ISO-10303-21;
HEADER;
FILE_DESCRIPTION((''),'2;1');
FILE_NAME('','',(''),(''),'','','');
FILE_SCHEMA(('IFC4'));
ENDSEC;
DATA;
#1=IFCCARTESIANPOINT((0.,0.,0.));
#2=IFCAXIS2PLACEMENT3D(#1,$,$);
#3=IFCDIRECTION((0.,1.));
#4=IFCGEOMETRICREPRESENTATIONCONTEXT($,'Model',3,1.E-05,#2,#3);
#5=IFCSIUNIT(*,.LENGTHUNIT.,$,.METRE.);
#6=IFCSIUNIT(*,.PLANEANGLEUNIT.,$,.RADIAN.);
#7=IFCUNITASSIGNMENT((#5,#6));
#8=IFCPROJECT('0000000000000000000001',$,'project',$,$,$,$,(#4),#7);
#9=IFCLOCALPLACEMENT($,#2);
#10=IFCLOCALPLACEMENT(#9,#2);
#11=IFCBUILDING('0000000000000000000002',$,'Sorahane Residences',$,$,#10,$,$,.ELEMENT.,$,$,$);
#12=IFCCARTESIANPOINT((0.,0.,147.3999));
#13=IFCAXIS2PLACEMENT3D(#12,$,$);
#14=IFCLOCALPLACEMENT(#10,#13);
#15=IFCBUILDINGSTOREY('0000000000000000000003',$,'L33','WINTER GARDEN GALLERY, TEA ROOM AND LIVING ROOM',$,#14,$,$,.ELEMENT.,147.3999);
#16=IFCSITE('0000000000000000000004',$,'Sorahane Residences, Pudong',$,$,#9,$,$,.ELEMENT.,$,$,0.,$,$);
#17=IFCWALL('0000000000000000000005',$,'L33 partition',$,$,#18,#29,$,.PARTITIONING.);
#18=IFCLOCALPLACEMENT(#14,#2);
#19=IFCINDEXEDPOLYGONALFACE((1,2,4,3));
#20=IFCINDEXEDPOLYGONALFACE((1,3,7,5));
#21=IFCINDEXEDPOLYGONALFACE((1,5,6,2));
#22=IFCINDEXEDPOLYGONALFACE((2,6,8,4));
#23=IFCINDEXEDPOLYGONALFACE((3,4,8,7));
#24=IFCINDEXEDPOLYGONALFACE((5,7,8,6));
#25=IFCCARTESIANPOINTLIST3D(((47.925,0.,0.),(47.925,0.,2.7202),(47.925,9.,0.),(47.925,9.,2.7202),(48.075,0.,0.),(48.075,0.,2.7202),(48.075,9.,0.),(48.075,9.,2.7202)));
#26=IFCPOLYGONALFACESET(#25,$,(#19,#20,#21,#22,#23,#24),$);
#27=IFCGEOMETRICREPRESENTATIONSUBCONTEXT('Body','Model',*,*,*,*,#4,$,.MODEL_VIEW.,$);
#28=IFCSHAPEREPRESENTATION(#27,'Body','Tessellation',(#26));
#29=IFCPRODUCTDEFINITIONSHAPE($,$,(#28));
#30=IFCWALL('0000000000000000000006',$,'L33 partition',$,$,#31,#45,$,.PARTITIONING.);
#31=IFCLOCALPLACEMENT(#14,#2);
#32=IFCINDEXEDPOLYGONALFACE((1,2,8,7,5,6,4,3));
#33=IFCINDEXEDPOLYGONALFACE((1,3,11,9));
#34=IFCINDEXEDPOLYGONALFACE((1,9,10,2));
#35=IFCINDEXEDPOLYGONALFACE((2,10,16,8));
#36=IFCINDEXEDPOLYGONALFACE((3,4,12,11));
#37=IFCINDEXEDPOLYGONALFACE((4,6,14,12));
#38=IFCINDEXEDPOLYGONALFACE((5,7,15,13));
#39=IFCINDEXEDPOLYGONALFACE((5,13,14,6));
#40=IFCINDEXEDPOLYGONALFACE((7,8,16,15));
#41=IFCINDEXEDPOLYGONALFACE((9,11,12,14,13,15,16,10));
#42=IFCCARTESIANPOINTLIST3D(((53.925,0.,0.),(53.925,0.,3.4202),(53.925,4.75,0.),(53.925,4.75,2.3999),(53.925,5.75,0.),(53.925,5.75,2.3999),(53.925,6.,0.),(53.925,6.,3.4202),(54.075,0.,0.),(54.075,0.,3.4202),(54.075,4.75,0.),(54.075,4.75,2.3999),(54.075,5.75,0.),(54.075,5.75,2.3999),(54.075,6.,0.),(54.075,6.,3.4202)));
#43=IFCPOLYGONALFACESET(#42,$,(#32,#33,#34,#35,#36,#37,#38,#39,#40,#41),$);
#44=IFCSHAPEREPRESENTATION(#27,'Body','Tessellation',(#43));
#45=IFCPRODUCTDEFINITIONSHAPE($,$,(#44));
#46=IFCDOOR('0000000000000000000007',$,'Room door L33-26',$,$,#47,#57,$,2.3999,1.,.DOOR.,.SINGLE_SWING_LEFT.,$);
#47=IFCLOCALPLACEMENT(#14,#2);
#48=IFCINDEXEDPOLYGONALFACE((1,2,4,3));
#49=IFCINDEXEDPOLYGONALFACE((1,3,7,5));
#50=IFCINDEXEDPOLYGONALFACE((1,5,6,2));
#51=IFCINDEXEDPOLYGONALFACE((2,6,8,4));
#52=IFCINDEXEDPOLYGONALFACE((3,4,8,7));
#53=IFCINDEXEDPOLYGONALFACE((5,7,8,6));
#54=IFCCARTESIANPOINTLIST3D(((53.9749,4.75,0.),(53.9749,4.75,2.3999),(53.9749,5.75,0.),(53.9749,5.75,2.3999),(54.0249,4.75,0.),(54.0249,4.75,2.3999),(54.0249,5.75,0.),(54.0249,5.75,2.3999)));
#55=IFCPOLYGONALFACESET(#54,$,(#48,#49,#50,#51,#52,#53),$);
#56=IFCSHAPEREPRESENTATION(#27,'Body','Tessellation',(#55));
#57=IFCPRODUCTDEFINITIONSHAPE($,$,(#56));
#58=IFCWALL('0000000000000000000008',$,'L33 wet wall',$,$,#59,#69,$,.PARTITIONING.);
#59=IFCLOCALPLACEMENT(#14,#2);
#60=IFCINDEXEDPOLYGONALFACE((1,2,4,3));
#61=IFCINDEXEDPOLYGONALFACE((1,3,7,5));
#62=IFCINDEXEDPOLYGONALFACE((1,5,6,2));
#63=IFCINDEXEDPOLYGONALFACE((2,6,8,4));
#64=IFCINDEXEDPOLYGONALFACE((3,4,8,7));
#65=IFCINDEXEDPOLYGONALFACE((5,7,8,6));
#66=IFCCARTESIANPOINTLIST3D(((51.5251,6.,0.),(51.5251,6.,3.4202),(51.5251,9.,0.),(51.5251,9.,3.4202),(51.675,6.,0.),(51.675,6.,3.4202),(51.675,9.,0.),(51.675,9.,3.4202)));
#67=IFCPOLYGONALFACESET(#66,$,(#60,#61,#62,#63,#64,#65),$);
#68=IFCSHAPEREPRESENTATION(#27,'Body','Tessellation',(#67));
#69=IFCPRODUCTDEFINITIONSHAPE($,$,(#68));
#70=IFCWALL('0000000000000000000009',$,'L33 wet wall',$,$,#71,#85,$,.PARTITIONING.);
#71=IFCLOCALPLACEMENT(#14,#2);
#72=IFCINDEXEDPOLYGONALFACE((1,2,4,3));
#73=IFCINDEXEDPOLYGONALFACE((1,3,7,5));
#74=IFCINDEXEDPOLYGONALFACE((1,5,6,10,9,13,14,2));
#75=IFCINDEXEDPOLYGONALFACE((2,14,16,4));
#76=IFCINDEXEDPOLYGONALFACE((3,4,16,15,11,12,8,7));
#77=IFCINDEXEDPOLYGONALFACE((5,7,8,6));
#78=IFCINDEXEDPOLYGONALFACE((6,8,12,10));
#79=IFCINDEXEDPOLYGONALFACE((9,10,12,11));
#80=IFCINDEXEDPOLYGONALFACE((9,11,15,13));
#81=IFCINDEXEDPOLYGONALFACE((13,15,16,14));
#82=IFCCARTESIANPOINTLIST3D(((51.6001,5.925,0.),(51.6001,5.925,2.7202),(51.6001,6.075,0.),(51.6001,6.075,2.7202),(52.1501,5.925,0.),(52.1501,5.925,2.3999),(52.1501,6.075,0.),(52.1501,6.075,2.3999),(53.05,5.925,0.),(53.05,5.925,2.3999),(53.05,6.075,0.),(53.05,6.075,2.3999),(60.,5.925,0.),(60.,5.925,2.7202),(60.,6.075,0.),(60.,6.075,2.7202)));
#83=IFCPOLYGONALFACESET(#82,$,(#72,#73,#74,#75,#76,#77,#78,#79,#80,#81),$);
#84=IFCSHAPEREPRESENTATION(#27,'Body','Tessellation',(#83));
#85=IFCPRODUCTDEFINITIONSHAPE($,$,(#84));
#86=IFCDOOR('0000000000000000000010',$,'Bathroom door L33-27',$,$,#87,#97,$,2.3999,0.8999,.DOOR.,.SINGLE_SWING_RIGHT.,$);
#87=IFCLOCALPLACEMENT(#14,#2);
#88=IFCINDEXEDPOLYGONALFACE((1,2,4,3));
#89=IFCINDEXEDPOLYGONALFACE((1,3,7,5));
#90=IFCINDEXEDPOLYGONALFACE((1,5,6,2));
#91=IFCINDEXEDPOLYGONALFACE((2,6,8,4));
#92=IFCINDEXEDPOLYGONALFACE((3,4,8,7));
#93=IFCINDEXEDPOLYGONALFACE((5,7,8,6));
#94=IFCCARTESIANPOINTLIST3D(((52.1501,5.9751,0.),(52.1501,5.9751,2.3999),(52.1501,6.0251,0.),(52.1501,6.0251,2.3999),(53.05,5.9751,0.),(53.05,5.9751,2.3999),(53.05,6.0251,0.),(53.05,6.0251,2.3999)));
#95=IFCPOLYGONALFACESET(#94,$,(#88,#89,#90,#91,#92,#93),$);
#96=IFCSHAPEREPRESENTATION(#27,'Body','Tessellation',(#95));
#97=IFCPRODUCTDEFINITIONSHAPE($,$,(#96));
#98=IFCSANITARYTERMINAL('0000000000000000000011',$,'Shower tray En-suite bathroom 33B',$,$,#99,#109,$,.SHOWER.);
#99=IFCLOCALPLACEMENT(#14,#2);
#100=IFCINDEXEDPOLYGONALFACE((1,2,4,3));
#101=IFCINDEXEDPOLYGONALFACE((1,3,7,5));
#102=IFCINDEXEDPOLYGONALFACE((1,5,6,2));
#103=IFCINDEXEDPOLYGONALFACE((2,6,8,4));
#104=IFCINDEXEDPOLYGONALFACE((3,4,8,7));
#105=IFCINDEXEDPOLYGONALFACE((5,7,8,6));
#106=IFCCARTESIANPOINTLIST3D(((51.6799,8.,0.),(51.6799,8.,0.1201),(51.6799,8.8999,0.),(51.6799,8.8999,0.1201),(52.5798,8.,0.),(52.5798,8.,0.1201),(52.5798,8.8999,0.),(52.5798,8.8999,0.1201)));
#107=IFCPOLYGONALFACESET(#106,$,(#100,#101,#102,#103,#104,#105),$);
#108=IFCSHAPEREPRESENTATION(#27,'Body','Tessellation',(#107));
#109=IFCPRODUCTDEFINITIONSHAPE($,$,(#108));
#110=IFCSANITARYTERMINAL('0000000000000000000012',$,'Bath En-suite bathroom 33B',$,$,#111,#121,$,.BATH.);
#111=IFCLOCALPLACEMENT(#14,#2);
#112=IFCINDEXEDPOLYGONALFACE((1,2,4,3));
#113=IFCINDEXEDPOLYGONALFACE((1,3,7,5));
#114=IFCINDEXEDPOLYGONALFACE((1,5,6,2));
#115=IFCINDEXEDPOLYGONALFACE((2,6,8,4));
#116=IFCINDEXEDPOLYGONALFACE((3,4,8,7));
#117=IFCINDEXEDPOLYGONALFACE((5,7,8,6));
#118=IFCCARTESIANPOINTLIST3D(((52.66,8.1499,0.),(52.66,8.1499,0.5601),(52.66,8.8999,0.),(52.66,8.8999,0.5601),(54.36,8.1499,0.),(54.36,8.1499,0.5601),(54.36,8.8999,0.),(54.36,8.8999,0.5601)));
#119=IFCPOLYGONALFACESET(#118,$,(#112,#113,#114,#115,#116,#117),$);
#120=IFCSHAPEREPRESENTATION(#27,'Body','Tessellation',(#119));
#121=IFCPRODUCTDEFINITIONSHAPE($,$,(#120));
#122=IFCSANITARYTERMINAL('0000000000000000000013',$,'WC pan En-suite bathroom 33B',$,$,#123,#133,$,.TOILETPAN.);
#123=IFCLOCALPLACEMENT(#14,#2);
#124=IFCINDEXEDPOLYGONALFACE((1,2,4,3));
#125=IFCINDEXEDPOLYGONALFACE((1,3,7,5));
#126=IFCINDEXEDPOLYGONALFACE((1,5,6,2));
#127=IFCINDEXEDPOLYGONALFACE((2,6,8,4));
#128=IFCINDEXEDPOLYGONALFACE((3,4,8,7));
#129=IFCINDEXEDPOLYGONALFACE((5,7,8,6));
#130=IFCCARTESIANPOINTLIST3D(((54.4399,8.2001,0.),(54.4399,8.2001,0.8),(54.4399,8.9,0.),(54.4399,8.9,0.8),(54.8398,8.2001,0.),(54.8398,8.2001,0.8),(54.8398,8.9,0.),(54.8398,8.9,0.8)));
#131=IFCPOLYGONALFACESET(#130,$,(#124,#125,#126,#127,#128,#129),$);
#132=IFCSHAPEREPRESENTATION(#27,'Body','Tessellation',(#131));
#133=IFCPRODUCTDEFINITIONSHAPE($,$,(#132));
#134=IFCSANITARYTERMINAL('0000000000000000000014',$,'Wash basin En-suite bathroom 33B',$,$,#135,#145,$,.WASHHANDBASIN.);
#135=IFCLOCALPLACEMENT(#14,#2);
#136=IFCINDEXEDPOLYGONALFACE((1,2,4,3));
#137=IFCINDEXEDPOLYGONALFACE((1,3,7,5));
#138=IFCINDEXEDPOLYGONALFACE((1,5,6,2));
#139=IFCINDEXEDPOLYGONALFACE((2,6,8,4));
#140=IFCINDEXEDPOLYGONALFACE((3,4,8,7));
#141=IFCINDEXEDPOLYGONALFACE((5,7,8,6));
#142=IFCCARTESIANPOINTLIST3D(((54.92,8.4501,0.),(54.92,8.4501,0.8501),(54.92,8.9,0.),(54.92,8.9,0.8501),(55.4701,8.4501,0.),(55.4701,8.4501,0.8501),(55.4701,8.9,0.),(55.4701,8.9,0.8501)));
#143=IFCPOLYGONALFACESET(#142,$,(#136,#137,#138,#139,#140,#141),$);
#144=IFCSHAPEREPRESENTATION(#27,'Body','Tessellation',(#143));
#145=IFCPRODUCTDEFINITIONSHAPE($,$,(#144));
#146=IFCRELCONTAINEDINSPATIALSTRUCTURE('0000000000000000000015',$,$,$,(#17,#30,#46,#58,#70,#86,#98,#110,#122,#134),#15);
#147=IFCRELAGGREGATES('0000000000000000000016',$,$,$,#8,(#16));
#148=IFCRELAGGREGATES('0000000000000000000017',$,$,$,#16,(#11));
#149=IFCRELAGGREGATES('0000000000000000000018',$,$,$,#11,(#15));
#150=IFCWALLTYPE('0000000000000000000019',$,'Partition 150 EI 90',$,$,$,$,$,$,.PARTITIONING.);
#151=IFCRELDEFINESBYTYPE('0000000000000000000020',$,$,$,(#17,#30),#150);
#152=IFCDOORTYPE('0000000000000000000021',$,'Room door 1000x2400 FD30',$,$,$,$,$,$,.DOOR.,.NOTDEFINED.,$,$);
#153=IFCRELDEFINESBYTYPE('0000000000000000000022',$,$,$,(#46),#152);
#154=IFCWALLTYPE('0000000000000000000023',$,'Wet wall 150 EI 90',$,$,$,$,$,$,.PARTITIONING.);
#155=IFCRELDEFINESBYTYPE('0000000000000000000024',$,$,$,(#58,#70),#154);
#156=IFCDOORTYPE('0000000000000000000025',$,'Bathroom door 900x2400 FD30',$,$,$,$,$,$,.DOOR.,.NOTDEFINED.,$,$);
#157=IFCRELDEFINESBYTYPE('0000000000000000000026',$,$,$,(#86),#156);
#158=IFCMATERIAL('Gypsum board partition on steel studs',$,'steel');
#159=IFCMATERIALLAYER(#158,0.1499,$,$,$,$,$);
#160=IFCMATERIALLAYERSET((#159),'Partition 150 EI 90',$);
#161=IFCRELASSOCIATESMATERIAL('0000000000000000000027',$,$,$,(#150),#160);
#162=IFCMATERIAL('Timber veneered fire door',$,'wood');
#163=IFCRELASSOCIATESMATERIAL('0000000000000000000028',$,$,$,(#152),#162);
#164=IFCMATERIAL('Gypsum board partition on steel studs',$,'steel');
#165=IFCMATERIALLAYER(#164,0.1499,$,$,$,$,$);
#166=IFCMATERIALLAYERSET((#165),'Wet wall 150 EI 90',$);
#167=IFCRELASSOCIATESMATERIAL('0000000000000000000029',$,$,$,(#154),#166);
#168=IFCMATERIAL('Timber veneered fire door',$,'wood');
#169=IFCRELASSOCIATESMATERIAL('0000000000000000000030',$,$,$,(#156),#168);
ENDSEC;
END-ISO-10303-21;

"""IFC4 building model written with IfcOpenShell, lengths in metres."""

from ifc_helpers import new_model, si_unit, direction, frame, frame_2d, origin, origin_2d, place, context, subcontext, project, spatial, rectangle, extrude, material, layer, layer_set, type_object, element, fill, save


model = new_model("IFC4")

# Units and contexts
model_context = context("Model", 3, precision=1e-05, world=origin(), true_north=direction((0.0, 1.0)))
body_context = subcontext(model_context, "Body", "Model", "MODEL_VIEW")
ifc_project = project(units=[si_unit("LENGTHUNIT", "METRE"), si_unit("PLANEANGLEUNIT", "RADIAN")], contexts=[model_context])

# Site, building, storey
site_placement = place(None, origin())
site = spatial("IfcSite", under=ifc_project, at=site_placement, Name="Sorahane Residences, Pudong", CompositionType="ELEMENT", RefElevation=0.0)
building_placement = place(site_placement, origin())
building = spatial("IfcBuilding", under=site, at=building_placement, Name="Sorahane Residences", CompositionType="ELEMENT")
storey_placement = place(building_placement, frame((0.0, 0.0, 147.3999)))
storey = spatial("IfcBuildingStorey", under=building, at=storey_placement, Name="L33", Description="WINTER GARDEN GALLERY, TEA ROOM AND LIVING ROOM", CompositionType="ELEMENT", Elevation=147.3999)

# Wall
ifc_material_1 = material(Name="Gypsum board partition on steel studs", Category="steel")
ifc_layer_1 = layer(ifc_material_1, 0.1499)
ifc_layer_set_1 = layer_set([ifc_layer_1], Name="Partition 150 EI 90")
wall_type_1 = type_object("IfcWallType", Name="Partition 150 EI 90", PredefinedType="PARTITIONING", material=ifc_layer_set_1)
wall_1_placement = place(storey_placement, frame((48.0, 0.0, 0.0), z_axis=(0.0, 0.0, 1.0), x_axis=(0.0, 1.0, 0.0)))
element("IfcWall", 1, at=wall_1_placement, inside=storey, type_object=wall_type_1, Name="L33 partition", PredefinedType="PARTITIONING", context=body_context, shape_type="SweptSolid", body=[
    extrude(rectangle(XDim=9.0, YDim=0.1499, at=frame_2d((4.5, 0.0))), origin(), (0.0, 0.0, 1.0), 2.7202),
])

# Wall, opening, door
wall_2_placement = place(storey_placement, frame((54.0, 0.0, 0.0), z_axis=(0.0, 0.0, 1.0), x_axis=(0.0, 1.0, 0.0)))
wall_2 = element("IfcWall", 2, at=wall_2_placement, inside=storey, type_object=wall_type_1, Name="L33 partition", PredefinedType="PARTITIONING", context=body_context, shape_type="SweptSolid", body=[
    extrude(rectangle(XDim=6.0, YDim=0.1499, at=frame_2d((3.0, 0.0))), origin(), (0.0, 0.0, 1.0), 3.4202),
])
opening_1_placement = place(wall_2_placement, frame((4.75, 0.0, 0.0)))
opening_1 = element("IfcOpeningElement", 3, at=opening_1_placement, cuts=wall_2, PredefinedType="OPENING", context=body_context, shape_type="SweptSolid", body=[
    extrude(rectangle(XDim=1.0, YDim=2.3999, at=frame_2d((0.5, 1.2))), frame((0.0, 0.085, 0.0), z_axis=(0.0, -1.0, 0.0), x_axis=(1.0, 0.0, 0.0)), (0.0, 0.0, 1.0), 0.1699),
])
ifc_material_2 = material(Name="Timber veneered fire door", Category="wood")
door_type_1 = type_object("IfcDoorType", Name="Room door 1000x2400 FD30", OperationType="NOTDEFINED", PredefinedType="DOOR", material=ifc_material_2)
door_1_placement = place(opening_1_placement, frame((1.0, 0.0, 0.0), z_axis=(0.0, 0.0, 1.0), x_axis=(-1.0, 0.0, 0.0)))
door_1 = element("IfcDoor", 4, at=door_1_placement, inside=storey, type_object=door_type_1, Name="Room door L33-26", OperationType="SINGLE_SWING_LEFT", OverallHeight=2.3999, OverallWidth=1.0, PredefinedType="DOOR", context=body_context, shape_type="SweptSolid", body=[
    extrude(rectangle(XDim=1.0, YDim=2.3999, at=frame_2d((0.5, 1.2))), frame((0.0, 0.0249, 0.0), z_axis=(0.0, -1.0, 0.0), x_axis=(1.0, 0.0, 0.0)), (0.0, 0.0, 1.0), 0.05),
])
fill(opening_1, door_1)

# Wall
ifc_material_3 = material(Name="Gypsum board partition on steel studs", Category="steel")
ifc_layer_2 = layer(ifc_material_3, 0.1499)
ifc_layer_set_2 = layer_set([ifc_layer_2], Name="Wet wall 150 EI 90")
wall_type_2 = type_object("IfcWallType", Name="Wet wall 150 EI 90", PredefinedType="PARTITIONING", material=ifc_layer_set_2)
wall_3_placement = place(storey_placement, frame((51.6001, 6.0, 0.0), z_axis=(0.0, 0.0, 1.0), x_axis=(0.0, 1.0, 0.0)))
element("IfcWall", 5, at=wall_3_placement, inside=storey, type_object=wall_type_2, Name="L33 wet wall", PredefinedType="PARTITIONING", context=body_context, shape_type="SweptSolid", body=[
    extrude(rectangle(XDim=3.0, YDim=0.1499, at=frame_2d((1.5, 0.0))), origin(), (0.0, 0.0, 1.0), 3.4202),
])

# Wall, opening, door
wall_4_placement = place(storey_placement, frame((51.6001, 6.0, 0.0), z_axis=(0.0, 0.0, 1.0), x_axis=(1.0, 0.0, 0.0)))
wall_4 = element("IfcWall", 6, at=wall_4_placement, inside=storey, type_object=wall_type_2, Name="L33 wet wall", PredefinedType="PARTITIONING", context=body_context, shape_type="SweptSolid", body=[
    extrude(rectangle(XDim=8.3999, YDim=0.1499, at=frame_2d((4.2, 0.0))), origin(), (0.0, 0.0, 1.0), 2.7202),
])
opening_2_placement = place(wall_4_placement, frame((0.55, 0.0, 0.0)))
opening_2 = element("IfcOpeningElement", 7, at=opening_2_placement, cuts=wall_4, PredefinedType="OPENING", context=body_context, shape_type="SweptSolid", body=[
    extrude(rectangle(XDim=0.8999, YDim=2.3999, at=frame_2d((0.45, 1.2))), frame((0.0, 0.085, 0.0), z_axis=(0.0, -1.0, 0.0), x_axis=(1.0, 0.0, 0.0)), (0.0, 0.0, 1.0), 0.1699),
])
ifc_material_4 = material(Name="Timber veneered fire door", Category="wood")
door_type_2 = type_object("IfcDoorType", Name="Bathroom door 900x2400 FD30", OperationType="NOTDEFINED", PredefinedType="DOOR", material=ifc_material_4)
door_2_placement = place(opening_2_placement, frame((0.8999, 0.0, 0.0), z_axis=(0.0, 0.0, 1.0), x_axis=(-1.0, 0.0, 0.0)))
door_2 = element("IfcDoor", 8, at=door_2_placement, inside=storey, type_object=door_type_2, Name="Bathroom door L33-27", OperationType="SINGLE_SWING_RIGHT", OverallHeight=2.3999, OverallWidth=0.8999, PredefinedType="DOOR", context=body_context, shape_type="SweptSolid", body=[
    extrude(rectangle(XDim=0.8999, YDim=2.3999, at=frame_2d((0.45, 1.2))), frame((0.0, 0.0249, 0.0), z_axis=(0.0, -1.0, 0.0), x_axis=(1.0, 0.0, 0.0)), (0.0, 0.0, 1.0), 0.05),
])
fill(opening_2, door_2)

# Sanitary terminals
sanitary_terminal_1_placement = place(storey_placement, frame((52.1299, 8.45, 0.0), z_axis=(0.0, 0.0, 1.0), x_axis=(1.0, 0.0, 0.0)))
element("IfcSanitaryTerminal", 9, at=sanitary_terminal_1_placement, inside=storey, Name="Shower tray En-suite bathroom 33B", PredefinedType="SHOWER", context=body_context, shape_type="SweptSolid", body=[
    extrude(rectangle(XDim=0.8999, YDim=0.8999, at=origin_2d()), origin(), (0.0, 0.0, 1.0), 0.1201),
])
sanitary_terminal_2_placement = place(storey_placement, frame((53.51, 8.5249, 0.0), z_axis=(0.0, 0.0, 1.0), x_axis=(1.0, 0.0, 0.0)))
element("IfcSanitaryTerminal", 10, at=sanitary_terminal_2_placement, inside=storey, Name="Bath En-suite bathroom 33B", PredefinedType="BATH", context=body_context, shape_type="SweptSolid", body=[
    extrude(rectangle(XDim=1.7, YDim=0.75, at=origin_2d()), origin(), (0.0, 0.0, 1.0), 0.5601),
])
sanitary_terminal_3_placement = place(storey_placement, frame((54.6399, 8.55, 0.0), z_axis=(0.0, 0.0, 1.0), x_axis=(1.0, 0.0, 0.0)))
element("IfcSanitaryTerminal", 11, at=sanitary_terminal_3_placement, inside=storey, Name="WC pan En-suite bathroom 33B", PredefinedType="TOILETPAN", context=body_context, shape_type="SweptSolid", body=[
    extrude(rectangle(XDim=0.3999, YDim=0.7, at=origin_2d()), origin(), (0.0, 0.0, 1.0), 0.8),
])
sanitary_terminal_4_placement = place(storey_placement, frame((55.1951, 8.675, 0.0), z_axis=(0.0, 0.0, 1.0), x_axis=(1.0, 0.0, 0.0)))
element("IfcSanitaryTerminal", 12, at=sanitary_terminal_4_placement, inside=storey, Name="Wash basin En-suite bathroom 33B", PredefinedType="WASHHANDBASIN", context=body_context, shape_type="SweptSolid", body=[
    extrude(rectangle(XDim=0.55, YDim=0.45, at=origin_2d()), origin(), (0.0, 0.0, 1.0), 0.8501),
])

save(model, "model.ifc")
